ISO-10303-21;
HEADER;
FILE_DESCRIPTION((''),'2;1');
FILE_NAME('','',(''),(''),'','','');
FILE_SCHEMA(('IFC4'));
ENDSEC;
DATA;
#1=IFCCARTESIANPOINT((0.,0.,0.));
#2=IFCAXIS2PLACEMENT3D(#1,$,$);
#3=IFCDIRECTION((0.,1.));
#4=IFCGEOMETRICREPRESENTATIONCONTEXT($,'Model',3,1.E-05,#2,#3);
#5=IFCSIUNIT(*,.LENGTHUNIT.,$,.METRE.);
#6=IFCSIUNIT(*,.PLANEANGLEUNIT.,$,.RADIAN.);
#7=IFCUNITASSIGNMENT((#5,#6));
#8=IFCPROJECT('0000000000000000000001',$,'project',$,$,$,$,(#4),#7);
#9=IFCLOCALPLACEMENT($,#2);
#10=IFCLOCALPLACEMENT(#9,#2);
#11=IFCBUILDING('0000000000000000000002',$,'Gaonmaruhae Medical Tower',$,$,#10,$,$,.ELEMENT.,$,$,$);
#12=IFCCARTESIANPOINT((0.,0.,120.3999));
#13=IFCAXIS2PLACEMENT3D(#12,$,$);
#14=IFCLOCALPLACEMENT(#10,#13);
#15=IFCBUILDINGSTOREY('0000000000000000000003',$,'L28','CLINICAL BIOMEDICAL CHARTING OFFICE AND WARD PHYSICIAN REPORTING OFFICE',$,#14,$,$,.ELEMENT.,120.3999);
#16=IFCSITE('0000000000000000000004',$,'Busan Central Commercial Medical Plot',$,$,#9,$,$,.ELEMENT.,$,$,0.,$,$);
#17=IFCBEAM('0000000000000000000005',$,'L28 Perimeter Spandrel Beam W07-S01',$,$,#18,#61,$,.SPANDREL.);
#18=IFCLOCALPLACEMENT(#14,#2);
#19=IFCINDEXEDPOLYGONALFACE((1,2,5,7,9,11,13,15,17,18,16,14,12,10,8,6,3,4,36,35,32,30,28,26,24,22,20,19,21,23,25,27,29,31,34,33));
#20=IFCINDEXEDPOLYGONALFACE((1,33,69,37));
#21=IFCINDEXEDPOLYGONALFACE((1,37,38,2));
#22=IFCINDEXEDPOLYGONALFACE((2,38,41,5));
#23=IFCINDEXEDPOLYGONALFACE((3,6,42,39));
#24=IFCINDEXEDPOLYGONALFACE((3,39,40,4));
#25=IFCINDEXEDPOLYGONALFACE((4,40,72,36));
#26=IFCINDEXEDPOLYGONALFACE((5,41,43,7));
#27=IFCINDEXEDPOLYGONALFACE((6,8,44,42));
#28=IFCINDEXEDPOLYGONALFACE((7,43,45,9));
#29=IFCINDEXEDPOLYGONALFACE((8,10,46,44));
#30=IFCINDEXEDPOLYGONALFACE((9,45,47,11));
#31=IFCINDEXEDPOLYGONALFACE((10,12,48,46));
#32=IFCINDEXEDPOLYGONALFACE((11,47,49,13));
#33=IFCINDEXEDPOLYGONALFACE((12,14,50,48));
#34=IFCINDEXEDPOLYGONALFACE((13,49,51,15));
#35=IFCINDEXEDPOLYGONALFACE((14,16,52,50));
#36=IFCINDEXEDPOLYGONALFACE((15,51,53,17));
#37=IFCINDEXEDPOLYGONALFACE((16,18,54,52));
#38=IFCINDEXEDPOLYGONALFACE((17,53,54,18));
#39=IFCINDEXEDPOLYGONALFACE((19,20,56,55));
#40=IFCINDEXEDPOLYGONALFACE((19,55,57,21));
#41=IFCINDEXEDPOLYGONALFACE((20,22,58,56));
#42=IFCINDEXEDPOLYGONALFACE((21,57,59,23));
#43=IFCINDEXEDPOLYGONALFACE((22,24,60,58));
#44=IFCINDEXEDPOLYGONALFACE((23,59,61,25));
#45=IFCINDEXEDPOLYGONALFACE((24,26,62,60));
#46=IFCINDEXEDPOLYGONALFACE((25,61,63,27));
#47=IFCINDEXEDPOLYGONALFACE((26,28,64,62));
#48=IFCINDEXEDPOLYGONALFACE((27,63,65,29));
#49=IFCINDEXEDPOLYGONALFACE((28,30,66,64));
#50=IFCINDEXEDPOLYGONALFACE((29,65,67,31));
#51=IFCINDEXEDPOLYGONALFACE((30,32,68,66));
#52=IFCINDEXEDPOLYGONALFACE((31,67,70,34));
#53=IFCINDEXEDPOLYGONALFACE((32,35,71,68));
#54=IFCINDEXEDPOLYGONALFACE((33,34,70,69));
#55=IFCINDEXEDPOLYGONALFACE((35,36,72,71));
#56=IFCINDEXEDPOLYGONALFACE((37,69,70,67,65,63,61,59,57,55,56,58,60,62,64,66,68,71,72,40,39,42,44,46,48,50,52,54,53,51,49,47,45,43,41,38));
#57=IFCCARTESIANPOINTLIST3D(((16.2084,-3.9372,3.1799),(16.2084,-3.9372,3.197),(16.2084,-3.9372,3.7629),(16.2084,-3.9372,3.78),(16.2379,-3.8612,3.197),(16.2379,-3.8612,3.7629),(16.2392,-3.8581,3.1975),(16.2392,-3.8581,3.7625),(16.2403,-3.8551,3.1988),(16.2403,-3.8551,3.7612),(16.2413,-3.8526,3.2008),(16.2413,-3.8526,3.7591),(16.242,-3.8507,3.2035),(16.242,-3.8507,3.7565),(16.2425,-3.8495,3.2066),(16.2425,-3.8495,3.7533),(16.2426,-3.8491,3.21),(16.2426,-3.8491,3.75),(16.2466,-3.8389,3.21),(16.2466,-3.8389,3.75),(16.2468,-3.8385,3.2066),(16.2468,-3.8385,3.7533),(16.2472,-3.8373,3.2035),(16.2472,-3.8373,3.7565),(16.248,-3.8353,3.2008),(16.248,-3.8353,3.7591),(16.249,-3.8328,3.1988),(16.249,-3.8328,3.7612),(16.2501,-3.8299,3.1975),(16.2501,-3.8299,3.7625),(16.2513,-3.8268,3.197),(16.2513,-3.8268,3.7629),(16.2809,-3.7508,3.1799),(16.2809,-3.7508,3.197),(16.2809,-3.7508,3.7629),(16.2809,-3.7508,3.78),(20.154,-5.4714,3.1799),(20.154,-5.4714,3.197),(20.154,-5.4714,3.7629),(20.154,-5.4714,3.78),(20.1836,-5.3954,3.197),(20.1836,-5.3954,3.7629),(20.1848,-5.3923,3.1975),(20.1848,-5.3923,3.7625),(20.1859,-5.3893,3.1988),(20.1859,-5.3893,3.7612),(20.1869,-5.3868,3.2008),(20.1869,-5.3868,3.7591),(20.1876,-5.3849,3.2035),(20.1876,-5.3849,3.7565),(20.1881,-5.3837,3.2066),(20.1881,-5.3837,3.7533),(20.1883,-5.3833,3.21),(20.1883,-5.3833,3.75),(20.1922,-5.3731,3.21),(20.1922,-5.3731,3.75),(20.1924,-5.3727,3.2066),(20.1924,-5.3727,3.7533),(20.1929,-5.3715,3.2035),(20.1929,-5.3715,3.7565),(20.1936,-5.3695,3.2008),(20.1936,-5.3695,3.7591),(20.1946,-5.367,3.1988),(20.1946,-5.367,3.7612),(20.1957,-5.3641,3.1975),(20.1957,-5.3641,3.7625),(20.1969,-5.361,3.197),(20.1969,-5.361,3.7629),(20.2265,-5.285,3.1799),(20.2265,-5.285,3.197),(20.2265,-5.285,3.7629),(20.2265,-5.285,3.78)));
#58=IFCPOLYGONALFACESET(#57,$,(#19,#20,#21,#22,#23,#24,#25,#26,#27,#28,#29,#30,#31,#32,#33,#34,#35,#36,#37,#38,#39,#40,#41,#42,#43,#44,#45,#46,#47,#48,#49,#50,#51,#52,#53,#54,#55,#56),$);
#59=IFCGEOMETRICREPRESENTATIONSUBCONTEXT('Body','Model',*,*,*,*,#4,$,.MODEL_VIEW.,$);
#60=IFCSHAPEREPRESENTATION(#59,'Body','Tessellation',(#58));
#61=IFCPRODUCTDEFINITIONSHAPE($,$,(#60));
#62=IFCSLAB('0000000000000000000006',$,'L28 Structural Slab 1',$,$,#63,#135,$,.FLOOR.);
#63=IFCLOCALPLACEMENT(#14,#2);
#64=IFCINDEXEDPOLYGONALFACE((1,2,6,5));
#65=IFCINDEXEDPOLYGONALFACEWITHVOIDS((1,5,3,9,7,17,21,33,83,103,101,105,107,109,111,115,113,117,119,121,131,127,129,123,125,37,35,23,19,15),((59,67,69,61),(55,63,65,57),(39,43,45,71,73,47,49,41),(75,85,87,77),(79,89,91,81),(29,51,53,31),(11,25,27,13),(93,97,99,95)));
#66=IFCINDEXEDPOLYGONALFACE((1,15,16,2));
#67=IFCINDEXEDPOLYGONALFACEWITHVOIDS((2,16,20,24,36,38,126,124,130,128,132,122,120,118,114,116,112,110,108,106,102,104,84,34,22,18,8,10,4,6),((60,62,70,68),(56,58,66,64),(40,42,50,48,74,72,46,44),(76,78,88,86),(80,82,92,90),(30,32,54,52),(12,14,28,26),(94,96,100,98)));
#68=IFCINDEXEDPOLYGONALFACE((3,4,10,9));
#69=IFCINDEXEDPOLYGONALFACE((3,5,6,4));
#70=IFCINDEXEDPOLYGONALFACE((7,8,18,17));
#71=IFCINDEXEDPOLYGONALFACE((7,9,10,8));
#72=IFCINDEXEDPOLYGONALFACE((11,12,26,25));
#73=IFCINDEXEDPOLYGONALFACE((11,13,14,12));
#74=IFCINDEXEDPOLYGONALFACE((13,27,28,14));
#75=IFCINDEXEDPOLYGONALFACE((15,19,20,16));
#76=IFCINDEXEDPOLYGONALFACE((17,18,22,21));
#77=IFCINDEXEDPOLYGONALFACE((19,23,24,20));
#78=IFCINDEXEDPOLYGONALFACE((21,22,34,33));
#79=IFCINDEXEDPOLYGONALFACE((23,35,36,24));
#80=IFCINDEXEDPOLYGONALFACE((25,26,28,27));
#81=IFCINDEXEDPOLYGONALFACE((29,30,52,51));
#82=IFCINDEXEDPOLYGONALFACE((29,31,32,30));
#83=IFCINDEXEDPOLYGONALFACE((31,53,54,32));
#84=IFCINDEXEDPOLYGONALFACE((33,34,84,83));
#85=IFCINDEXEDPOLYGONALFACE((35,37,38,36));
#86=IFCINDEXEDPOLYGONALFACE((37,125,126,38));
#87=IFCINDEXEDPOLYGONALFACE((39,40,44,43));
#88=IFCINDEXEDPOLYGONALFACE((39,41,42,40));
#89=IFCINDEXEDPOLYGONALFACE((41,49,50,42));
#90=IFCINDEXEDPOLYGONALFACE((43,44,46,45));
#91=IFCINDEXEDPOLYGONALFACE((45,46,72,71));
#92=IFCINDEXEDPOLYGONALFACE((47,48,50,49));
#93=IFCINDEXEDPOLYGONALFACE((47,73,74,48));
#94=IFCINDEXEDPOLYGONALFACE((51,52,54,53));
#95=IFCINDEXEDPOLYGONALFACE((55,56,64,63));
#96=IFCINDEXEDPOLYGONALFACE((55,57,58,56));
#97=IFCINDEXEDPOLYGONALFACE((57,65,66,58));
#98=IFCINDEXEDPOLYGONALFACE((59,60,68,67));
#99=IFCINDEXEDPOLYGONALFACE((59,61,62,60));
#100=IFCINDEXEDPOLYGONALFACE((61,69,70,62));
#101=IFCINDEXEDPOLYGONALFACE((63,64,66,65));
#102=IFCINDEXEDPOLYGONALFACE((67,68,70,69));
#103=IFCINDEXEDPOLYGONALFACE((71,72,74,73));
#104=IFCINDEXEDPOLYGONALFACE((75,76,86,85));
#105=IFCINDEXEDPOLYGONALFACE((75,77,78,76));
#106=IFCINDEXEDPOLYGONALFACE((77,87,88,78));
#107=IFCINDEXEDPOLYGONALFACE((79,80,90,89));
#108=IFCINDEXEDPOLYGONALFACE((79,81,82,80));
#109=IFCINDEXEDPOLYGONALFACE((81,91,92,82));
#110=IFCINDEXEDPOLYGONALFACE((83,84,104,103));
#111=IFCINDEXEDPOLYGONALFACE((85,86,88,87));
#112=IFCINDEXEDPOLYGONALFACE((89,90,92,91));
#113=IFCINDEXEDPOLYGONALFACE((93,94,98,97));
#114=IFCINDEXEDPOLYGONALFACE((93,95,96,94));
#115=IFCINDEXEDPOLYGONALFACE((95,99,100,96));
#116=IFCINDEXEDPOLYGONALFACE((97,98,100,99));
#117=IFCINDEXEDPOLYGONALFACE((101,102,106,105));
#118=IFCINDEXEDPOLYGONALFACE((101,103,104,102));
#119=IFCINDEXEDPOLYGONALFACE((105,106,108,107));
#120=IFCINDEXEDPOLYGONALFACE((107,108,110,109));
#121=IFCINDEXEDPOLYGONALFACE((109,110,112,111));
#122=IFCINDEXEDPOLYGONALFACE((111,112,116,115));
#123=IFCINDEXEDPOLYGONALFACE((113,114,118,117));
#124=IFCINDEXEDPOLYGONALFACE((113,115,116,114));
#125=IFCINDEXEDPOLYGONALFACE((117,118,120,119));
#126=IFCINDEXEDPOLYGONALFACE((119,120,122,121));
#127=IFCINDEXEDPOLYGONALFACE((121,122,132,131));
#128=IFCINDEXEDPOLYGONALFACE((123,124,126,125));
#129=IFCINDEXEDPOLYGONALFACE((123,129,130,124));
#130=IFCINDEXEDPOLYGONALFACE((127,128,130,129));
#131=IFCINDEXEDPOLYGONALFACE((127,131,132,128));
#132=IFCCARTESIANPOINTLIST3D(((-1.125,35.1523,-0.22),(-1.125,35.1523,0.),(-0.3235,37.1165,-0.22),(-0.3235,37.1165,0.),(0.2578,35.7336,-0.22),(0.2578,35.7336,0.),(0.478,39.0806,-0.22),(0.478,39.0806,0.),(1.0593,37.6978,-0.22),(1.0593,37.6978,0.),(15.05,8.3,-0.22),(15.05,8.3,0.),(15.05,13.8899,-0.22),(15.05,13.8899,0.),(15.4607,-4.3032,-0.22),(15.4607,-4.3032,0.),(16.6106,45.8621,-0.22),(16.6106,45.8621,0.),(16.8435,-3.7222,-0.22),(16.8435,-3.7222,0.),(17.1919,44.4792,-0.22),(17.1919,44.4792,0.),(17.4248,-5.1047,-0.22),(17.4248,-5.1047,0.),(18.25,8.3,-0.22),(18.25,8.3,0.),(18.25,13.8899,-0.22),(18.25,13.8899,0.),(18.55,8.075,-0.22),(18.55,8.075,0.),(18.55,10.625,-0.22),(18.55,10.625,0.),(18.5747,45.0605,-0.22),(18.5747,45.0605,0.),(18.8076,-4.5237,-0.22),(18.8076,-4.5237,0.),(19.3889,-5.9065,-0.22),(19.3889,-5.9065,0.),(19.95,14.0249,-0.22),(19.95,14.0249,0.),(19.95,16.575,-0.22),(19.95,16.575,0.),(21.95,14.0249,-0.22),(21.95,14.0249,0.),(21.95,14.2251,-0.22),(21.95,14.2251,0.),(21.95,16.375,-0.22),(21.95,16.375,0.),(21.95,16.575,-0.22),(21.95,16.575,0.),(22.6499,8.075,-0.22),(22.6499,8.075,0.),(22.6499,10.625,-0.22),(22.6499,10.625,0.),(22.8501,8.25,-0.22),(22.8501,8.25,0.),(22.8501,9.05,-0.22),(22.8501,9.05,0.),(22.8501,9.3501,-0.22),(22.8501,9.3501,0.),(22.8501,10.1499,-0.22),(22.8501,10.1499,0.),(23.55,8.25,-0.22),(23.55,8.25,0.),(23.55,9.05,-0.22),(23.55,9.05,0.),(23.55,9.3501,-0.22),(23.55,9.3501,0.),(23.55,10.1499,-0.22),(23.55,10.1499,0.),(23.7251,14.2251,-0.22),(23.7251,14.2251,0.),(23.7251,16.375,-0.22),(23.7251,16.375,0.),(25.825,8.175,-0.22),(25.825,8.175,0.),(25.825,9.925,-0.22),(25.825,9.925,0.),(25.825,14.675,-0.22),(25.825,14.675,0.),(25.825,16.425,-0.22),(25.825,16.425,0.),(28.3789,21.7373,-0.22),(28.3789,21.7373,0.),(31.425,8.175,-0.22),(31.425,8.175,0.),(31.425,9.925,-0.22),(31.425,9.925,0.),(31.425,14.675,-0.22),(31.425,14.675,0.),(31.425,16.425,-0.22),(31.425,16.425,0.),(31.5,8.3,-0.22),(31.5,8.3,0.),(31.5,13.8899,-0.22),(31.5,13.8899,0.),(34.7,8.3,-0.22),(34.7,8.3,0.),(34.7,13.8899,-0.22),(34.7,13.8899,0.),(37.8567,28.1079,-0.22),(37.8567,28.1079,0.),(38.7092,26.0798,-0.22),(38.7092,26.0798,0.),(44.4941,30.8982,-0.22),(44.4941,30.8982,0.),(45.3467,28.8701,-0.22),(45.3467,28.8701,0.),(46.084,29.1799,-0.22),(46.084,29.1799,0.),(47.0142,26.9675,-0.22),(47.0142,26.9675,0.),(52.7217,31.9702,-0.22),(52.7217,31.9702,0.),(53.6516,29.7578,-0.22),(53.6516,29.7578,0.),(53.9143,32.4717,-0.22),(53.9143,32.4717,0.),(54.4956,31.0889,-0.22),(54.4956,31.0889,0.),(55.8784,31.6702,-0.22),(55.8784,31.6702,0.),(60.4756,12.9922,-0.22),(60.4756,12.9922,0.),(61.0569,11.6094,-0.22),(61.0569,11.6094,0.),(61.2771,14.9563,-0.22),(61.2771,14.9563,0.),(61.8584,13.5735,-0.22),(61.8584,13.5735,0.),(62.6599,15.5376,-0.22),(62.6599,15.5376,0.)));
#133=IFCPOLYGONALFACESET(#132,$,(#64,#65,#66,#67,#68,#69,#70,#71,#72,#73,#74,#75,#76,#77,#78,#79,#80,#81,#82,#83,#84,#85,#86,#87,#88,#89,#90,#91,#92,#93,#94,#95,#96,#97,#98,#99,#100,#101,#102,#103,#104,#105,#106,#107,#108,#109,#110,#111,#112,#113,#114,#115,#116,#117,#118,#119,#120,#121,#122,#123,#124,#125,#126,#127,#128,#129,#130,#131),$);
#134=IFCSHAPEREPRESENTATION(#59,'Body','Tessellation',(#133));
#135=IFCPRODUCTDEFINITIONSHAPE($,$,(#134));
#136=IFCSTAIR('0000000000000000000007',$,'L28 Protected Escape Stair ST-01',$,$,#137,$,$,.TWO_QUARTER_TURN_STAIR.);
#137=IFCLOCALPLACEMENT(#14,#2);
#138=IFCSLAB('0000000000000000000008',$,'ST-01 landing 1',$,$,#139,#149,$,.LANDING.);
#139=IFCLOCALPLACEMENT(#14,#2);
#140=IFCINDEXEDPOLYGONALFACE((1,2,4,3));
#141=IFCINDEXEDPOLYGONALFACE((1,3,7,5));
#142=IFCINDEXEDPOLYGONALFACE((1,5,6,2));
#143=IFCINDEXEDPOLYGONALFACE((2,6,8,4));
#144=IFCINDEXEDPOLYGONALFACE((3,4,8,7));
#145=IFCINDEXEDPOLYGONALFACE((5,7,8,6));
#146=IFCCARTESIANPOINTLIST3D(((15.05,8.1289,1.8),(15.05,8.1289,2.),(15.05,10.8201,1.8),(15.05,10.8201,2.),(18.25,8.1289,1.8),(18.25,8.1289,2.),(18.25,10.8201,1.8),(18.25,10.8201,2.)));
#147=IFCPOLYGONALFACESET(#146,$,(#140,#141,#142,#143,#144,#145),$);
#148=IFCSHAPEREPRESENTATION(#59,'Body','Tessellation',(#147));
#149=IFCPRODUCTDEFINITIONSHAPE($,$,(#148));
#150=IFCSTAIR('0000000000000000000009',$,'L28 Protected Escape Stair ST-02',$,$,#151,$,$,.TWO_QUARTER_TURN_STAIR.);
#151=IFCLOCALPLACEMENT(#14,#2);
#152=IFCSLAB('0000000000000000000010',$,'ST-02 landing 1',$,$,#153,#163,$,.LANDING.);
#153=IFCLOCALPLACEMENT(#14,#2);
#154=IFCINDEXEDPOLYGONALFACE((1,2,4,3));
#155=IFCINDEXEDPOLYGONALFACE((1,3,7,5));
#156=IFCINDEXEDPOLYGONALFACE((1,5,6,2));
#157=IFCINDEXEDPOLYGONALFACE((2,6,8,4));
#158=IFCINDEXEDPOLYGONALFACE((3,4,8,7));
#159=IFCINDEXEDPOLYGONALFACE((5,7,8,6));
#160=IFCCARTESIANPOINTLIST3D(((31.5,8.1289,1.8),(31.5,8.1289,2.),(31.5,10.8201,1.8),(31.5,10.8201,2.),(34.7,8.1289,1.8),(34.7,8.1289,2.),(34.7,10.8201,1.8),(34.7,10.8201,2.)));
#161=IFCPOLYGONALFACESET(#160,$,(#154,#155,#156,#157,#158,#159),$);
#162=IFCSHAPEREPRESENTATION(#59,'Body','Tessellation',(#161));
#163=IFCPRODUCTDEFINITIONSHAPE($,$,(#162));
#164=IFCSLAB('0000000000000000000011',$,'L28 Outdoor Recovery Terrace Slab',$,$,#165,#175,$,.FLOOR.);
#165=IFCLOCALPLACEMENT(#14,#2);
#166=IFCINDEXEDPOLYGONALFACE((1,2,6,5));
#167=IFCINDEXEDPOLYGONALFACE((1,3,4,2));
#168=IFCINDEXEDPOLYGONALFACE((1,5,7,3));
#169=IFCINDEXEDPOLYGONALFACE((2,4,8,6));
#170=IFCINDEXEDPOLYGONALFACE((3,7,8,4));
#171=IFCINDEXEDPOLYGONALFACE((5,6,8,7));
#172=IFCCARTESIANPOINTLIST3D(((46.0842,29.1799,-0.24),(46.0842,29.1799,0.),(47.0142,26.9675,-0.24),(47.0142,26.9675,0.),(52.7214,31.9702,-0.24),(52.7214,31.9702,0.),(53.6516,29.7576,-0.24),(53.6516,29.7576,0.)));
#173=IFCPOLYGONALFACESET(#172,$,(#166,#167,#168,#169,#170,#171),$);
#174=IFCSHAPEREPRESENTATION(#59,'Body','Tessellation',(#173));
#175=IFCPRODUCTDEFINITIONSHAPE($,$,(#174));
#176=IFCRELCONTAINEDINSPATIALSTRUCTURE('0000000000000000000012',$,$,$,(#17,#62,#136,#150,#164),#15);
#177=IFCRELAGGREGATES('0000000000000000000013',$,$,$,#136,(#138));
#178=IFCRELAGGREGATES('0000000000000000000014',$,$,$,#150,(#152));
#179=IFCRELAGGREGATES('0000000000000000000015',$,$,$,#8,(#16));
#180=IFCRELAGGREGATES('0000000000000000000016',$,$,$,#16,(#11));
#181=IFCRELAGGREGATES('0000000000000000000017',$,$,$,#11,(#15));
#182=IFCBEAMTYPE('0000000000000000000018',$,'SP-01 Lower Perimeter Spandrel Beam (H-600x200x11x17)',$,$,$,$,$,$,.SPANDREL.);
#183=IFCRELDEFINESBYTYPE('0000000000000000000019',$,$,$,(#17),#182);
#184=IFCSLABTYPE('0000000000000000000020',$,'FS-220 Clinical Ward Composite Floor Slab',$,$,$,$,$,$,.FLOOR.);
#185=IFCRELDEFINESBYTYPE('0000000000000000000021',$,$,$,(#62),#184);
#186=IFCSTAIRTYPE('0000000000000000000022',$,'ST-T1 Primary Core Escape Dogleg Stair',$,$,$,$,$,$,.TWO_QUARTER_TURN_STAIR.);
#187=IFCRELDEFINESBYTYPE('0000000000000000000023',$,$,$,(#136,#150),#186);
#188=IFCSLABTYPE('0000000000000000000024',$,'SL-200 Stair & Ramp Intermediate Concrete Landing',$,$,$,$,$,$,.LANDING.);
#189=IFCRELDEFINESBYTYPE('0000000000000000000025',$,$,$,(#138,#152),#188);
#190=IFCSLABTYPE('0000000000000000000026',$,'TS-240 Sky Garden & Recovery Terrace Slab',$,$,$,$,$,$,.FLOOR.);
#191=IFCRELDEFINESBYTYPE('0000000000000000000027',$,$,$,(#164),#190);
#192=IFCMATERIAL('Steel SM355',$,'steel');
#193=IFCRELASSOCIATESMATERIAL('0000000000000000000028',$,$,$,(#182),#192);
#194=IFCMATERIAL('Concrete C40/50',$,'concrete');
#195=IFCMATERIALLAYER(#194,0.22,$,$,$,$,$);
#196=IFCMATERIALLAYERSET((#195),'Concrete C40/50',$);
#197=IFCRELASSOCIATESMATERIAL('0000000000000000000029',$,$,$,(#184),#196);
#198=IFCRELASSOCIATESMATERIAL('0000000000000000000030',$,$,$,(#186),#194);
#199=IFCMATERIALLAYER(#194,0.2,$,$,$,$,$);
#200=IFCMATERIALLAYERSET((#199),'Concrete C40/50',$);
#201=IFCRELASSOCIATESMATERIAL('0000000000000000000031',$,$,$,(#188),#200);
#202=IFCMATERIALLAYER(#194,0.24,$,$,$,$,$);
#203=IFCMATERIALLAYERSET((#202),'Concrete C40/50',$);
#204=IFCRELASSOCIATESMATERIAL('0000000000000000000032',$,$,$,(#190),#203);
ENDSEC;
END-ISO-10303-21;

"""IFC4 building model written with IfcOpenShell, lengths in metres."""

from ifc_helpers import new_model, si_unit, direction, frame, origin, origin_2d, place, context, subcontext, project, spatial, polyline, i_section, outline, extrude, material, layer, layer_set, material_profile, profile_set, type_object, element, aggregate, save


model = new_model("IFC4")

# Units and contexts
model_context = context("Model", 3, precision=1e-05, world=origin(), true_north=direction((0.0, 1.0)))
body_context = subcontext(model_context, "Body", "Model", "MODEL_VIEW")
ifc_project = project(units=[si_unit("LENGTHUNIT", "METRE"), si_unit("PLANEANGLEUNIT", "RADIAN")], contexts=[model_context])

# Site, building, storey
site_placement = place(None, origin())
site = spatial("IfcSite", under=ifc_project, at=site_placement, Name="Busan Central Commercial Medical Plot", CompositionType="ELEMENT", RefElevation=0.0)
building_placement = place(site_placement, origin())
building = spatial("IfcBuilding", under=site, at=building_placement, Name="Gaonmaruhae Medical Tower", CompositionType="ELEMENT")
storey_placement = place(building_placement, frame((0.0, 0.0, 120.3999)))
storey = spatial("IfcBuildingStorey", under=building, at=storey_placement, Name="L28", Description="CLINICAL BIOMEDICAL CHARTING OFFICE AND WARD PHYSICIAN REPORTING OFFICE", CompositionType="ELEMENT", Elevation=120.3999)

# Beam
ifc_material_1 = material(Name="Steel SM355", Category="steel")
ifc_material_profile_1 = material_profile(ifc_material_1, i_section(OverallWidth=0.2, OverallDepth=0.6001, WebThickness=0.011, FlangeThickness=0.0171, FilletRadius=0.0129, at=origin_2d()), Name="H-600x200x11x17")
ifc_profile_set_1 = profile_set([ifc_material_profile_1], Name="Steel SM355")
beam_type_1 = type_object("IfcBeamType", Name="SP-01 Lower Perimeter Spandrel Beam (H-600x200x11x17)", PredefinedType="SPANDREL", material=ifc_profile_set_1)
beam_1_placement = place(storey_placement, frame((16.2446, -3.844, 3.48), z_axis=(0.932021, -0.362405, 0.0), x_axis=(0.362405, 0.932021, 0.0)))
element("IfcBeam", 1, at=beam_1_placement, inside=storey, type_object=beam_type_1, Name="L28 Perimeter Spandrel Beam W07-S01", PredefinedType="SPANDREL", context=body_context, shape_type="SweptSolid", body=[
    extrude(i_section(OverallWidth=0.2, OverallDepth=0.6001, WebThickness=0.011, FlangeThickness=0.0171, FilletRadius=0.0129, at=origin_2d()), origin(), (0.0, 0.0, 1.0), 4.2334),
])

# Slab
ifc_material_2 = material(Name="Concrete C40/50", Category="concrete")
ifc_layer_1 = layer(ifc_material_2, 0.22)
ifc_layer_set_1 = layer_set([ifc_layer_1], Name="Concrete C40/50")
slab_type_1 = type_object("IfcSlabType", Name="FS-220 Clinical Ward Composite Floor Slab", PredefinedType="FLOOR", material=ifc_layer_set_1)
slab_1_placement = place(storey_placement, frame((0.0, 0.0, -0.22)))
element("IfcSlab", 2, at=slab_1_placement, inside=storey, type_object=slab_type_1, Name="L28 Structural Slab 1", PredefinedType="FLOOR", context=body_context, shape_type="SweptSolid", body=[
    extrude(outline(polyline([(54.4956, 31.0889), (55.8784, 31.6702), (62.6599, 15.5376), (61.2771, 14.9563), (61.8584, 13.5735), (60.4756, 12.9922), (61.0569, 11.6094), (19.3889, -5.9065), (18.8076, -4.5237), (17.4248, -5.1047), (16.8435, -3.7222), (15.4607, -4.3032), (-1.125, 35.1523), (0.2578, 35.7336), (-0.3235, 37.1165), (1.0593, 37.6978), (0.478, 39.0806), (16.6106, 45.8621), (17.1919, 44.4792), (18.5747, 45.0605), (28.3789, 21.7373), (38.7092, 26.0798), (37.8567, 28.1079), (44.4941, 30.8982), (45.3467, 28.8701), (46.084, 29.1799), (47.0142, 26.9675), (53.6516, 29.7578), (52.7217, 31.9702), (53.9143, 32.4717), (54.4956, 31.0889)]), holes=[polyline([(23.55, 8.25), (22.8501, 8.25), (22.8501, 9.05), (23.55, 9.05), (23.55, 8.25)]), polyline([(25.825, 9.925), (31.425, 9.925), (31.425, 8.175), (25.825, 8.175), (25.825, 9.925)]), polyline([(22.6499, 10.625), (22.6499, 8.075), (18.55, 8.075), (18.55, 10.625), (22.6499, 10.625)]), polyline([(23.55, 9.3501), (22.8501, 9.3501), (22.8501, 10.1499), (23.55, 10.1499), (23.55, 9.3501)]), polyline([(15.05, 13.8899), (18.25, 13.8899), (18.25, 8.3), (15.05, 8.3), (15.05, 13.8899)]), polyline([(31.5, 13.8899), (34.7, 13.8899), (34.7, 8.3), (31.5, 8.3), (31.5, 13.8899)]), polyline([(21.95, 14.2251), (21.95, 14.0249), (19.95, 14.0249), (19.95, 16.575), (21.95, 16.575), (21.95, 16.375), (23.7251, 16.375), (23.7251, 14.2251), (21.95, 14.2251)]), polyline([(25.825, 16.425), (31.425, 16.425), (31.425, 14.675), (25.825, 14.675), (25.825, 16.425)])]), origin(), (0.0, 0.0, 1.0), 0.22),
])

# Stairs, slabs
stair_type = type_object("IfcStairType", Name="ST-T1 Primary Core Escape Dogleg Stair", PredefinedType="TWO_QUARTER_TURN_STAIR", material=ifc_material_2)
stair_1_placement = place(storey_placement, origin())
stair_1 = element("IfcStair", 3, at=stair_1_placement, inside=storey, type_object=stair_type, Name="L28 Protected Escape Stair ST-01", PredefinedType="TWO_QUARTER_TURN_STAIR")
ifc_layer_2 = layer(ifc_material_2, 0.2)
ifc_layer_set_2 = layer_set([ifc_layer_2], Name="Concrete C40/50")
slab_type_2 = type_object("IfcSlabType", Name="SL-200 Stair & Ramp Intermediate Concrete Landing", PredefinedType="LANDING", material=ifc_layer_set_2)
slab_2_placement = place(storey_placement, frame((0.0, 0.0, 1.8)))
slab_2 = element("IfcSlab", 4, at=slab_2_placement, type_object=slab_type_2, Name="ST-01 landing 1", PredefinedType="LANDING", context=body_context, shape_type="SweptSolid", body=[
    extrude(outline(polyline([(15.05, 10.8201), (15.05, 8.1289), (18.25, 8.1289), (18.25, 10.8201), (15.05, 10.8201)])), origin(), (0.0, 0.0, 1.0), 0.2),
])
aggregate(stair_1, [slab_2])
stair_2_placement = place(storey_placement, origin())
stair_2 = element("IfcStair", 5, at=stair_2_placement, inside=storey, type_object=stair_type, Name="L28 Protected Escape Stair ST-02", PredefinedType="TWO_QUARTER_TURN_STAIR")
slab_3_placement = place(storey_placement, frame((0.0, 0.0, 1.8)))
slab_3 = element("IfcSlab", 6, at=slab_3_placement, type_object=slab_type_2, Name="ST-02 landing 1", PredefinedType="LANDING", context=body_context, shape_type="SweptSolid", body=[
    extrude(outline(polyline([(31.5, 10.8201), (31.5, 8.1289), (34.7, 8.1289), (34.7, 10.8201), (31.5, 10.8201)])), origin(), (0.0, 0.0, 1.0), 0.2),
])
aggregate(stair_2, [slab_3])

# Slab
ifc_layer_3 = layer(ifc_material_2, 0.24)
ifc_layer_set_3 = layer_set([ifc_layer_3], Name="Concrete C40/50")
slab_type_3 = type_object("IfcSlabType", Name="TS-240 Sky Garden & Recovery Terrace Slab", PredefinedType="FLOOR", material=ifc_layer_set_3)
slab_4_placement = place(storey_placement, frame((0.0, 0.0, -0.24)))
element("IfcSlab", 7, at=slab_4_placement, inside=storey, type_object=slab_type_3, Name="L28 Outdoor Recovery Terrace Slab", PredefinedType="FLOOR", context=body_context, shape_type="SweptSolid", body=[
    extrude(outline(polyline([(47.0142, 26.9675), (53.6516, 29.7576), (52.7214, 31.9702), (46.0842, 29.1799), (47.0142, 26.9675)])), origin(), (0.0, 0.0, 1.0), 0.24),
])

save(model, "model.ifc")
